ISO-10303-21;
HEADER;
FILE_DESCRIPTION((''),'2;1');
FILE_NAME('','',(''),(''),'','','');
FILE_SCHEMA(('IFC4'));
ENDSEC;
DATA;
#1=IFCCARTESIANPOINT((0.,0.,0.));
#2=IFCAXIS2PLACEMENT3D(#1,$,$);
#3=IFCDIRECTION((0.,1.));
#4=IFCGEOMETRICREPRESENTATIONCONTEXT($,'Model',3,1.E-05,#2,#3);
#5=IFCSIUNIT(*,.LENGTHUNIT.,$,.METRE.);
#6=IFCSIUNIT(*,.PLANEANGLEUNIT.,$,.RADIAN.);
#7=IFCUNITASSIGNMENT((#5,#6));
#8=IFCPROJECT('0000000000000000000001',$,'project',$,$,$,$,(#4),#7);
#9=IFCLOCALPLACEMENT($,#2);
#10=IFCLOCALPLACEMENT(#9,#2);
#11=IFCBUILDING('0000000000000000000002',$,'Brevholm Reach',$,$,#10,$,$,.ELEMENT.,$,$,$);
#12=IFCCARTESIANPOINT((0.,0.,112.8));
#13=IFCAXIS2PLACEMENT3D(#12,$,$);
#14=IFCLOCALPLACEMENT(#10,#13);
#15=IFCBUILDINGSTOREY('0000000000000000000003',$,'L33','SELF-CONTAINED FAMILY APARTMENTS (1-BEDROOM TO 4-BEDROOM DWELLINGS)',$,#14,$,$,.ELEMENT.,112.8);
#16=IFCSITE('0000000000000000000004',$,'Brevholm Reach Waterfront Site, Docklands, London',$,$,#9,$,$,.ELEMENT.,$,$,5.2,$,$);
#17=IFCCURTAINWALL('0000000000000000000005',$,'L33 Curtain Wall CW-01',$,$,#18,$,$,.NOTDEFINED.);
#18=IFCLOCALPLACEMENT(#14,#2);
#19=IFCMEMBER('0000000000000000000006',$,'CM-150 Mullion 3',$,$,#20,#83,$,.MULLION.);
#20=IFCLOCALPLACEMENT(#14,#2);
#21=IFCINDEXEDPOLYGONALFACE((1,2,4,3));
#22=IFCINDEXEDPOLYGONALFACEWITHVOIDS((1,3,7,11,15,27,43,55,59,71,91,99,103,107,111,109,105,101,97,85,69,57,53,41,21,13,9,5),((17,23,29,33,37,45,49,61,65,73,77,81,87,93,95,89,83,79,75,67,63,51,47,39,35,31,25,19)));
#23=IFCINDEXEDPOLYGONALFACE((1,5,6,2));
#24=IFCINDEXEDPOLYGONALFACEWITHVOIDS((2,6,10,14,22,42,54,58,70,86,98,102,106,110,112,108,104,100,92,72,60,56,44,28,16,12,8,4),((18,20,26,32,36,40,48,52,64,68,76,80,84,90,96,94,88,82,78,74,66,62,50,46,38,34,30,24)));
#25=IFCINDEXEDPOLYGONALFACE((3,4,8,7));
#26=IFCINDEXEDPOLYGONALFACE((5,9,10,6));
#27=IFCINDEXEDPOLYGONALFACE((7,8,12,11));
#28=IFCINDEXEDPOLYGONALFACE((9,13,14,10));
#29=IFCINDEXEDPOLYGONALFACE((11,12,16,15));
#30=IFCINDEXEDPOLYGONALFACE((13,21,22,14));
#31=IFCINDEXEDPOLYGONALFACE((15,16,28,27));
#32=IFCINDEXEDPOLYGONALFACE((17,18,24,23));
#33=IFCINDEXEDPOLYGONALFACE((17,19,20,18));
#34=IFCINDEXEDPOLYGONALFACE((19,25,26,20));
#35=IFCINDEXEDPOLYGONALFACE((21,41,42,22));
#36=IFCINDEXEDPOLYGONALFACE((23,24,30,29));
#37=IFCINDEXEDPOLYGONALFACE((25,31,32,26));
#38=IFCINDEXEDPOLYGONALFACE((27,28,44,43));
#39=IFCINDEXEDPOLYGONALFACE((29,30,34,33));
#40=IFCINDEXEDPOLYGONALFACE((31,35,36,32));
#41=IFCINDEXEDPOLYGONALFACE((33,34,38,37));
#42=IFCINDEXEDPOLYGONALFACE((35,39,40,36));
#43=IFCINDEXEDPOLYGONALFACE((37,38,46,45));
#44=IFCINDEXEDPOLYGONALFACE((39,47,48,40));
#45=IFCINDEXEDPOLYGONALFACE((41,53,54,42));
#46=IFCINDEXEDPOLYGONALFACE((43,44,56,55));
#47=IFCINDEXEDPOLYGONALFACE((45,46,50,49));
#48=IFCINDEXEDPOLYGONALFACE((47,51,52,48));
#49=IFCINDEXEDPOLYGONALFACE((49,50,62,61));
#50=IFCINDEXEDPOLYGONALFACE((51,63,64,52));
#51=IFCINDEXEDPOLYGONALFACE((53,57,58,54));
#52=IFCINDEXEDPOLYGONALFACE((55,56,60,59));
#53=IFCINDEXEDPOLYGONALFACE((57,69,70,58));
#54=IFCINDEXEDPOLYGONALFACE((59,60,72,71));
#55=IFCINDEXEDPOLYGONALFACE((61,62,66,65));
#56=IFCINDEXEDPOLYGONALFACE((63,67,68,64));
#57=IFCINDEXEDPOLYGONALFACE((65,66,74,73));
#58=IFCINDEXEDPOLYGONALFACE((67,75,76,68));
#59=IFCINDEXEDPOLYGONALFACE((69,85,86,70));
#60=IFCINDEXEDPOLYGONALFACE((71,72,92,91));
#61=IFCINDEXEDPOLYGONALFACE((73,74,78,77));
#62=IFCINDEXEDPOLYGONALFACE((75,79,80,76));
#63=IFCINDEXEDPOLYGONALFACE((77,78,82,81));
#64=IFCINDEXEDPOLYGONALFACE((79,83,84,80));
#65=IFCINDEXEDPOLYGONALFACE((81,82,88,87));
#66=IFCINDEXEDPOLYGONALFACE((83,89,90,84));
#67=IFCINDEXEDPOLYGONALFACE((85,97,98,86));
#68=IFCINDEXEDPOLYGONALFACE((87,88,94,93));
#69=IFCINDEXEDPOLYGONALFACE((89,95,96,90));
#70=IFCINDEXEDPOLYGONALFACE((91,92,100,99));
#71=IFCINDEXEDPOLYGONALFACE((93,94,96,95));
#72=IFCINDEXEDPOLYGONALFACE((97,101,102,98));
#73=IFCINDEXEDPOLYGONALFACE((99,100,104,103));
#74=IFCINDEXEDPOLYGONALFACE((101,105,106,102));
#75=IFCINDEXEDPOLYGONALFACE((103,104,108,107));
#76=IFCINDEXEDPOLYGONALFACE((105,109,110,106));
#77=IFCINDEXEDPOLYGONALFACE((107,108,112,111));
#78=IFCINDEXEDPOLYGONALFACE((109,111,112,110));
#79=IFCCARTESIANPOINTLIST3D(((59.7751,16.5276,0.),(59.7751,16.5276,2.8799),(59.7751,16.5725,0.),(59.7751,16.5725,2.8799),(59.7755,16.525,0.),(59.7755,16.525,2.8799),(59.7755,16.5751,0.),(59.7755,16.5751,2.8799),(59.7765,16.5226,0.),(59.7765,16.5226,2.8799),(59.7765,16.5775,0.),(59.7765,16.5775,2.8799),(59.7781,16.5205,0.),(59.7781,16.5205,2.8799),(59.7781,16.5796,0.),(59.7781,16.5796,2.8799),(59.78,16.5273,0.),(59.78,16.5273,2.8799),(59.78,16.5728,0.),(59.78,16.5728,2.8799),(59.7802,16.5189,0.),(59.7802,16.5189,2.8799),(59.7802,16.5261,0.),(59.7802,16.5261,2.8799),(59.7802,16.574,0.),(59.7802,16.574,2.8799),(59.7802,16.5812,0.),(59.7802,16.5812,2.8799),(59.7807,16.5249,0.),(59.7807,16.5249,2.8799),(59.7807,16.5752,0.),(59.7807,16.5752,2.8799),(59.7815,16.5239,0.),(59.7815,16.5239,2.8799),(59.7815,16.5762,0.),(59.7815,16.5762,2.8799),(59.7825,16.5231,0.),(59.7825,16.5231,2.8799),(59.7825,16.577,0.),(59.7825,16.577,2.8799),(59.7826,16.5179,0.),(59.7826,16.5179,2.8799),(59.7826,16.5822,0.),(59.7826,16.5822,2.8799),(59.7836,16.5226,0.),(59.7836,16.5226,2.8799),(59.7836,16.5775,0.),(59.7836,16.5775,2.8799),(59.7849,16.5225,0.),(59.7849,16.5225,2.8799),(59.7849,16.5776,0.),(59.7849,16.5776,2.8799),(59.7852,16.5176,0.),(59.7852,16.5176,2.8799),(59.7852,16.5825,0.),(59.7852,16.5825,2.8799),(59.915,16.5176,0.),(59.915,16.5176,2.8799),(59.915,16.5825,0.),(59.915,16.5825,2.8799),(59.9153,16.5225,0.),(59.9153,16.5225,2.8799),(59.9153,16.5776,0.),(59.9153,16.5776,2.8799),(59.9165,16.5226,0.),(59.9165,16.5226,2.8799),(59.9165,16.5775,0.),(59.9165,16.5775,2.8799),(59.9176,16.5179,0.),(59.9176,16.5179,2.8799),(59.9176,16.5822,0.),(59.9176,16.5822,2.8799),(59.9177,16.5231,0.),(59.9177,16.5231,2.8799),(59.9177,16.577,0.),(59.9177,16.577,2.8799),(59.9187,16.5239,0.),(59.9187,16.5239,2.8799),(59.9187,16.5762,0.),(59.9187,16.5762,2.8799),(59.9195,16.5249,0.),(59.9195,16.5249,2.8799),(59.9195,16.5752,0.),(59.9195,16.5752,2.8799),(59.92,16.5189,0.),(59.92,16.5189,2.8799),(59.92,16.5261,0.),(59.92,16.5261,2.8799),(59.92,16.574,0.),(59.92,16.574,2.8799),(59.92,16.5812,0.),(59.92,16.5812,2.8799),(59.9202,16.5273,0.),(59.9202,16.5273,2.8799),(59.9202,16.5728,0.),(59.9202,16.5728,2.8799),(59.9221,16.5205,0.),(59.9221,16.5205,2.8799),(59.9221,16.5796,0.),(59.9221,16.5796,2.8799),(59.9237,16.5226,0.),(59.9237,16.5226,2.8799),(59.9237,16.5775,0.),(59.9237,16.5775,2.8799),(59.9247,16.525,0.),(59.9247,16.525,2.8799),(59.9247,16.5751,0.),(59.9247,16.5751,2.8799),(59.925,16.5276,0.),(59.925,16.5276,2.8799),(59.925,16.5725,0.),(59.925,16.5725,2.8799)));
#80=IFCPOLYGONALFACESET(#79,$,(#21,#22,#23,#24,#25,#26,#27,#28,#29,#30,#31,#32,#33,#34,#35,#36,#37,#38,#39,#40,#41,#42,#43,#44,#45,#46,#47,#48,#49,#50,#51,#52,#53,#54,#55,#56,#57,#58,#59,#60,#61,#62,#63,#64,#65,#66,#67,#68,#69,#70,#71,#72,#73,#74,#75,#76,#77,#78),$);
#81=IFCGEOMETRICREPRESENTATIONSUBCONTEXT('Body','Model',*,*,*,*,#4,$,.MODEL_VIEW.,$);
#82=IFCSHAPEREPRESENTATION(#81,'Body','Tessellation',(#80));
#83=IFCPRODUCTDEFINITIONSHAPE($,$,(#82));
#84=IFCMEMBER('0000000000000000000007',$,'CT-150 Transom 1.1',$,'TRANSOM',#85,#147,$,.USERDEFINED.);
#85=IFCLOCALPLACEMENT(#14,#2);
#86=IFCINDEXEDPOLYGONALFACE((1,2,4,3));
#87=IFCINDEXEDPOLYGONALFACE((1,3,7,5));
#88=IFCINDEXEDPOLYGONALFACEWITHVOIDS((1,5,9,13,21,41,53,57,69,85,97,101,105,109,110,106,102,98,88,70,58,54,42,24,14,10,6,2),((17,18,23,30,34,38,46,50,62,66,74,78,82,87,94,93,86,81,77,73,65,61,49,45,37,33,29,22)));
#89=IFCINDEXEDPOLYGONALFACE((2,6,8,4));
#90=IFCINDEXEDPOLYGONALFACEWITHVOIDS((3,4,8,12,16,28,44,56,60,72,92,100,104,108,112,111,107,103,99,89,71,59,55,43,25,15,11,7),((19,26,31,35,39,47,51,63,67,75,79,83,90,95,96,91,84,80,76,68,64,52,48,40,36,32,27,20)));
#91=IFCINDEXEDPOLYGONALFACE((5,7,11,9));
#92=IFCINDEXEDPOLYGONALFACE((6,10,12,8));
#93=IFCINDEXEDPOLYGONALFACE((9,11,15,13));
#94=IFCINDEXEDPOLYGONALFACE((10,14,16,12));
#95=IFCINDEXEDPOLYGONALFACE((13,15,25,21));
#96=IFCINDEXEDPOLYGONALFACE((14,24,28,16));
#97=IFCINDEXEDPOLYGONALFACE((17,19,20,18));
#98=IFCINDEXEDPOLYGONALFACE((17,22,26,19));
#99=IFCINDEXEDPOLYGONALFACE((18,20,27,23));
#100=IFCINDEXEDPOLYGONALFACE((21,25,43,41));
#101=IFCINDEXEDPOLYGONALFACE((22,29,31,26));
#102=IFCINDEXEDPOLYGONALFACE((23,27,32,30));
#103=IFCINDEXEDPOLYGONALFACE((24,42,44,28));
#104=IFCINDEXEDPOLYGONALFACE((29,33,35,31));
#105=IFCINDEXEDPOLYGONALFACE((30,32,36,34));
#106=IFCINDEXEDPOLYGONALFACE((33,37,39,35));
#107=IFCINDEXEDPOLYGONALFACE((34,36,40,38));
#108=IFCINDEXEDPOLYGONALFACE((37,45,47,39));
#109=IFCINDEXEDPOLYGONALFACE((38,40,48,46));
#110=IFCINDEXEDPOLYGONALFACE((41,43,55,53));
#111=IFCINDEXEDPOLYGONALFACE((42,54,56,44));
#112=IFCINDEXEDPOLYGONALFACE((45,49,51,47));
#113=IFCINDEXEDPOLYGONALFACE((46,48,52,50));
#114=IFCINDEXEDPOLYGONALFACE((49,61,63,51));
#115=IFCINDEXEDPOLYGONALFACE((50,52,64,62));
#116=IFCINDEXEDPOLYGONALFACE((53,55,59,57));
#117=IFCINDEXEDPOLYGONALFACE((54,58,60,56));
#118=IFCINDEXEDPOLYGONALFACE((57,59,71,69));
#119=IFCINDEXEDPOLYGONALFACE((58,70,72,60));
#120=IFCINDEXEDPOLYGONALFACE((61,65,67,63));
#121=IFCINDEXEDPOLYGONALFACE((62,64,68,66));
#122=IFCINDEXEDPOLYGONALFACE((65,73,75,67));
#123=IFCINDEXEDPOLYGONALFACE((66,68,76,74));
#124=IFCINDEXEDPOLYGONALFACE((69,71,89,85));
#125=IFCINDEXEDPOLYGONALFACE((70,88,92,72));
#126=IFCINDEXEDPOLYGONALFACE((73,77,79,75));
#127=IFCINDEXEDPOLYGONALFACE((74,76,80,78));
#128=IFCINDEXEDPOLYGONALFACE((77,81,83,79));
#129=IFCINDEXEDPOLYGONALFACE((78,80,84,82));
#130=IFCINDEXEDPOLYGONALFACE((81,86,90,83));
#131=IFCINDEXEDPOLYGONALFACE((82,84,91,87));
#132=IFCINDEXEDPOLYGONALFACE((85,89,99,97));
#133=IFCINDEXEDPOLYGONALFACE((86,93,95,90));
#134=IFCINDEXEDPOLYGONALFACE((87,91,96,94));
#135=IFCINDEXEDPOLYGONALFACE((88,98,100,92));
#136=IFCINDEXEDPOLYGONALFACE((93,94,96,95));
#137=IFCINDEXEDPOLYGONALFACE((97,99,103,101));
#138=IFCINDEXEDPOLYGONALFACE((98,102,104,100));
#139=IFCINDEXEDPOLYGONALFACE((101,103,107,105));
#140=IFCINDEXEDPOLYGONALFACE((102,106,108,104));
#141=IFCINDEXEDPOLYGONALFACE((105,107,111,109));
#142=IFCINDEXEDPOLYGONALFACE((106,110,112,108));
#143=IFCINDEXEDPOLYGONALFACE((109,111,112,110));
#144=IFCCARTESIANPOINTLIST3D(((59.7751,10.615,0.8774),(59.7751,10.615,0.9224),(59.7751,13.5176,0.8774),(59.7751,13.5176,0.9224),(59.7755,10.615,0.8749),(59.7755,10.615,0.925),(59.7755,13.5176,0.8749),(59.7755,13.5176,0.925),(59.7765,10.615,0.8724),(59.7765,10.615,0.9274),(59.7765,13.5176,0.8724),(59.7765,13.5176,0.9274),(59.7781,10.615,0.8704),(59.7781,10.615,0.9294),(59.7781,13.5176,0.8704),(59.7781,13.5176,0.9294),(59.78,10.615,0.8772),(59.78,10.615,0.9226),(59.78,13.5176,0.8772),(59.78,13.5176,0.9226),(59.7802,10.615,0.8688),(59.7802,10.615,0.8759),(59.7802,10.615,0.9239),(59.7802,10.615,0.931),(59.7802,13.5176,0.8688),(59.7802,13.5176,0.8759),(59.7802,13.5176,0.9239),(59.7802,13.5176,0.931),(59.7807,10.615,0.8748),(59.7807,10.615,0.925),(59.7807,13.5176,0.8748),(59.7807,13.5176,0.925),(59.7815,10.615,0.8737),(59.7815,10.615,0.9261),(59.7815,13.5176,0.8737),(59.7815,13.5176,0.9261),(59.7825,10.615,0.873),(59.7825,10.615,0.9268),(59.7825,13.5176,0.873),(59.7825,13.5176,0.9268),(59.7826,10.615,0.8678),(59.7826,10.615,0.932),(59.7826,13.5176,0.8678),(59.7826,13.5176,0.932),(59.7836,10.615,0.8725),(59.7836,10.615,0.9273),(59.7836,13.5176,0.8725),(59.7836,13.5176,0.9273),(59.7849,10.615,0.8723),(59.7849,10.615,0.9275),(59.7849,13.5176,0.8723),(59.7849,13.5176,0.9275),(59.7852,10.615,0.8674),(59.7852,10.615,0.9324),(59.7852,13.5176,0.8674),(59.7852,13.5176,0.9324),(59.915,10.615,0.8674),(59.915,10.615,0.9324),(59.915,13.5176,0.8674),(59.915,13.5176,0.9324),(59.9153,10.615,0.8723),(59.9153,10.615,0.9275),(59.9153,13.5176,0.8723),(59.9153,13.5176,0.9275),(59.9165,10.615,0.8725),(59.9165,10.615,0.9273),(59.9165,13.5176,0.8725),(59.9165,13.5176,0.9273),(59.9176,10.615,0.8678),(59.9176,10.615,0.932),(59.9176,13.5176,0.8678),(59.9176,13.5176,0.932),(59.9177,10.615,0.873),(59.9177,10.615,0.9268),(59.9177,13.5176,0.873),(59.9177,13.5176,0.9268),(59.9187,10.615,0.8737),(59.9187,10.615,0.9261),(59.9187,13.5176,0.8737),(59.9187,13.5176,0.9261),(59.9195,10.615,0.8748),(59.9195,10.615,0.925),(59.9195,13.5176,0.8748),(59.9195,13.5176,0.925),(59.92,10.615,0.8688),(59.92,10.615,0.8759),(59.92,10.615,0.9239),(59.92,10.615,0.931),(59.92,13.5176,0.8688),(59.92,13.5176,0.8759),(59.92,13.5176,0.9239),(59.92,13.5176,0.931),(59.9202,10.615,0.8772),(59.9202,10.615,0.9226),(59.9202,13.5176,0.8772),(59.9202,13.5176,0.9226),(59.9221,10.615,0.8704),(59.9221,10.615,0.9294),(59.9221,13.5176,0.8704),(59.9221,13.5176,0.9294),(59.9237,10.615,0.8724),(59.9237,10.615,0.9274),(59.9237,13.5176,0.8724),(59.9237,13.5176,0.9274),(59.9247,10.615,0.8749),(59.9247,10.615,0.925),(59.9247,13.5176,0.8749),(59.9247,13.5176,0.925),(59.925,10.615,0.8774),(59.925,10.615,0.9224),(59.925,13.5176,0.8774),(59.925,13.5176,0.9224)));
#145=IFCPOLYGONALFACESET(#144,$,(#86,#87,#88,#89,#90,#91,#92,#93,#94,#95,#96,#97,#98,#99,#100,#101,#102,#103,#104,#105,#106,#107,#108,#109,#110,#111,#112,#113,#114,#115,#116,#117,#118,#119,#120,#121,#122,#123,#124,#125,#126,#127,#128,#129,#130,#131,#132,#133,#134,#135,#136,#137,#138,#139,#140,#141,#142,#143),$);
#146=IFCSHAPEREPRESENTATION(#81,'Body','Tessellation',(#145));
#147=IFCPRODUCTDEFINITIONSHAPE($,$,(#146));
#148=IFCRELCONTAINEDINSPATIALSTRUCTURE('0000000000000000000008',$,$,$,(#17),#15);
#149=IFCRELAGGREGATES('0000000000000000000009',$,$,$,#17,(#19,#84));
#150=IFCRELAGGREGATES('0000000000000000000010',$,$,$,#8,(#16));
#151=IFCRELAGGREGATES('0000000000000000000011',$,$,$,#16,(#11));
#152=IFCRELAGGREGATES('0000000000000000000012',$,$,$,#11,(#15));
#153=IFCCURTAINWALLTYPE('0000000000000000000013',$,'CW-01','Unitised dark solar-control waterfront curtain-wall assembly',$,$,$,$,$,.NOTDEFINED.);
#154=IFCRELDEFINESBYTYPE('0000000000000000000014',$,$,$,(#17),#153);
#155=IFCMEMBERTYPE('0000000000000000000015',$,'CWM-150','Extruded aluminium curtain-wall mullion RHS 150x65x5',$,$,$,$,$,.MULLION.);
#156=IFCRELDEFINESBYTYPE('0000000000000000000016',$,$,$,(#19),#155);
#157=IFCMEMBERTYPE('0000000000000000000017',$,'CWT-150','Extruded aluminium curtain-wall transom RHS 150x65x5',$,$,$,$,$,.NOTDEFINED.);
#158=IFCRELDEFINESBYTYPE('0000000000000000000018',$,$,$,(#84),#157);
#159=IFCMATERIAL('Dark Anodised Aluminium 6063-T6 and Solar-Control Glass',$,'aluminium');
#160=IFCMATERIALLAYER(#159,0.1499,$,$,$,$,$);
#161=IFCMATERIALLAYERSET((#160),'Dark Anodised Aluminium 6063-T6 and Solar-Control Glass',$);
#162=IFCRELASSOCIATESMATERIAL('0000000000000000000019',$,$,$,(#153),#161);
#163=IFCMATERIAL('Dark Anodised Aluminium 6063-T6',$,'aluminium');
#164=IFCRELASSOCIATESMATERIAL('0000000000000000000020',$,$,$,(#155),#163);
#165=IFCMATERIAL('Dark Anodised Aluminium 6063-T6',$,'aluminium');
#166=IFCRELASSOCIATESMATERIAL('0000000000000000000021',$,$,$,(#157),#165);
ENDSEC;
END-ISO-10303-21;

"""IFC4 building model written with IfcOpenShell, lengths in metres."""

from ifc_helpers import new_model, si_unit, direction, frame, origin, origin_2d, place, context, subcontext, project, spatial, hollow_rectangle, extrude, material, layer, layer_set, material_profile, profile_set, type_object, element, aggregate, save


model = new_model("IFC4")

# Units and contexts
model_context = context("Model", 3, precision=1e-05, world=origin(), true_north=direction((0.0, 1.0)))
body_context = subcontext(model_context, "Body", "Model", "MODEL_VIEW")
ifc_project = project(units=[si_unit("LENGTHUNIT", "METRE"), si_unit("PLANEANGLEUNIT", "RADIAN")], contexts=[model_context])

# Site, building, storey
site_placement = place(None, origin())
site = spatial("IfcSite", under=ifc_project, at=site_placement, Name="Brevholm Reach Waterfront Site, Docklands, London", CompositionType="ELEMENT", RefElevation=5.2)
building_placement = place(site_placement, origin())
building = spatial("IfcBuilding", under=site, at=building_placement, Name="Brevholm Reach", CompositionType="ELEMENT")
storey_placement = place(building_placement, frame((0.0, 0.0, 112.8)))
storey = spatial("IfcBuildingStorey", under=building, at=storey_placement, Name="L33", Description="SELF-CONTAINED FAMILY APARTMENTS (1-BEDROOM TO 4-BEDROOM DWELLINGS)", CompositionType="ELEMENT", Elevation=112.8)

# Curtain wall, members
ifc_material_1 = material(Name="Dark Anodised Aluminium 6063-T6 and Solar-Control Glass", Category="aluminium")
ifc_layer_1 = layer(ifc_material_1, 0.1499)
ifc_layer_set_1 = layer_set([ifc_layer_1], Name="Dark Anodised Aluminium 6063-T6 and Solar-Control Glass")
curtain_wall_type = type_object("IfcCurtainWallType", Name="CW-01", Description="Unitised dark solar-control waterfront curtain-wall assembly", PredefinedType="NOTDEFINED", material=ifc_layer_set_1)
curtain_wall_placement = place(storey_placement, origin())
curtain_wall = element("IfcCurtainWall", 1, at=curtain_wall_placement, inside=storey, type_object=curtain_wall_type, Name="L33 Curtain Wall CW-01", PredefinedType="NOTDEFINED")
ifc_material_2 = material(Name="Dark Anodised Aluminium 6063-T6", Category="aluminium")
ifc_material_profile_1 = material_profile(ifc_material_2, hollow_rectangle(XDim=0.0649, YDim=0.1499, WallThickness=0.0049, InnerFilletRadius=0.0049, OuterFilletRadius=0.01, at=origin_2d()), Name="RHS 150x65x5")
ifc_profile_set_1 = profile_set([ifc_material_profile_1], Name="Dark Anodised Aluminium 6063-T6")
member_type_1 = type_object("IfcMemberType", Name="CWM-150", Description="Extruded aluminium curtain-wall mullion RHS 150x65x5", PredefinedType="MULLION", material=ifc_profile_set_1)
member_1_placement = place(storey_placement, frame((59.8501, 16.55, 0.0), z_axis=(0.0, 0.0, 1.0), x_axis=(0.0, 1.0, 0.0)))
member_1 = element("IfcMember", 2, at=member_1_placement, type_object=member_type_1, Name="CM-150 Mullion 3", PredefinedType="MULLION", context=body_context, shape_type="SweptSolid", body=[
    extrude(hollow_rectangle(XDim=0.0649, YDim=0.1499, WallThickness=0.0049, InnerFilletRadius=0.0049, OuterFilletRadius=0.01, at=origin_2d()), origin(), (0.0, 0.0, 1.0), 2.8799),
])
ifc_material_3 = material(Name="Dark Anodised Aluminium 6063-T6", Category="aluminium")
ifc_material_profile_2 = material_profile(ifc_material_3, hollow_rectangle(XDim=0.0649, YDim=0.1499, WallThickness=0.0049, InnerFilletRadius=0.0049, OuterFilletRadius=0.01, at=origin_2d()), Name="RHS 150x65x5")
ifc_profile_set_2 = profile_set([ifc_material_profile_2], Name="Dark Anodised Aluminium 6063-T6")
member_type_2 = type_object("IfcMemberType", Name="CWT-150", Description="Extruded aluminium curtain-wall transom RHS 150x65x5", PredefinedType="NOTDEFINED", material=ifc_profile_set_2)
member_2_placement = place(storey_placement, frame((59.8501, 10.615, 0.8999), z_axis=(0.0, 1.0, 0.0), x_axis=(0.0, 0.0, 1.0)))
member_2 = element("IfcMember", 3, at=member_2_placement, type_object=member_type_2, Name="CT-150 Transom 1.1", ObjectType="TRANSOM", PredefinedType="USERDEFINED", context=body_context, shape_type="SweptSolid", body=[
    extrude(hollow_rectangle(XDim=0.0649, YDim=0.1499, WallThickness=0.0049, InnerFilletRadius=0.0049, OuterFilletRadius=0.01, at=origin_2d()), origin(), (0.0, 0.0, 1.0), 2.9026),
])
aggregate(curtain_wall, [member_1, member_2])

save(model, "model.ifc")
